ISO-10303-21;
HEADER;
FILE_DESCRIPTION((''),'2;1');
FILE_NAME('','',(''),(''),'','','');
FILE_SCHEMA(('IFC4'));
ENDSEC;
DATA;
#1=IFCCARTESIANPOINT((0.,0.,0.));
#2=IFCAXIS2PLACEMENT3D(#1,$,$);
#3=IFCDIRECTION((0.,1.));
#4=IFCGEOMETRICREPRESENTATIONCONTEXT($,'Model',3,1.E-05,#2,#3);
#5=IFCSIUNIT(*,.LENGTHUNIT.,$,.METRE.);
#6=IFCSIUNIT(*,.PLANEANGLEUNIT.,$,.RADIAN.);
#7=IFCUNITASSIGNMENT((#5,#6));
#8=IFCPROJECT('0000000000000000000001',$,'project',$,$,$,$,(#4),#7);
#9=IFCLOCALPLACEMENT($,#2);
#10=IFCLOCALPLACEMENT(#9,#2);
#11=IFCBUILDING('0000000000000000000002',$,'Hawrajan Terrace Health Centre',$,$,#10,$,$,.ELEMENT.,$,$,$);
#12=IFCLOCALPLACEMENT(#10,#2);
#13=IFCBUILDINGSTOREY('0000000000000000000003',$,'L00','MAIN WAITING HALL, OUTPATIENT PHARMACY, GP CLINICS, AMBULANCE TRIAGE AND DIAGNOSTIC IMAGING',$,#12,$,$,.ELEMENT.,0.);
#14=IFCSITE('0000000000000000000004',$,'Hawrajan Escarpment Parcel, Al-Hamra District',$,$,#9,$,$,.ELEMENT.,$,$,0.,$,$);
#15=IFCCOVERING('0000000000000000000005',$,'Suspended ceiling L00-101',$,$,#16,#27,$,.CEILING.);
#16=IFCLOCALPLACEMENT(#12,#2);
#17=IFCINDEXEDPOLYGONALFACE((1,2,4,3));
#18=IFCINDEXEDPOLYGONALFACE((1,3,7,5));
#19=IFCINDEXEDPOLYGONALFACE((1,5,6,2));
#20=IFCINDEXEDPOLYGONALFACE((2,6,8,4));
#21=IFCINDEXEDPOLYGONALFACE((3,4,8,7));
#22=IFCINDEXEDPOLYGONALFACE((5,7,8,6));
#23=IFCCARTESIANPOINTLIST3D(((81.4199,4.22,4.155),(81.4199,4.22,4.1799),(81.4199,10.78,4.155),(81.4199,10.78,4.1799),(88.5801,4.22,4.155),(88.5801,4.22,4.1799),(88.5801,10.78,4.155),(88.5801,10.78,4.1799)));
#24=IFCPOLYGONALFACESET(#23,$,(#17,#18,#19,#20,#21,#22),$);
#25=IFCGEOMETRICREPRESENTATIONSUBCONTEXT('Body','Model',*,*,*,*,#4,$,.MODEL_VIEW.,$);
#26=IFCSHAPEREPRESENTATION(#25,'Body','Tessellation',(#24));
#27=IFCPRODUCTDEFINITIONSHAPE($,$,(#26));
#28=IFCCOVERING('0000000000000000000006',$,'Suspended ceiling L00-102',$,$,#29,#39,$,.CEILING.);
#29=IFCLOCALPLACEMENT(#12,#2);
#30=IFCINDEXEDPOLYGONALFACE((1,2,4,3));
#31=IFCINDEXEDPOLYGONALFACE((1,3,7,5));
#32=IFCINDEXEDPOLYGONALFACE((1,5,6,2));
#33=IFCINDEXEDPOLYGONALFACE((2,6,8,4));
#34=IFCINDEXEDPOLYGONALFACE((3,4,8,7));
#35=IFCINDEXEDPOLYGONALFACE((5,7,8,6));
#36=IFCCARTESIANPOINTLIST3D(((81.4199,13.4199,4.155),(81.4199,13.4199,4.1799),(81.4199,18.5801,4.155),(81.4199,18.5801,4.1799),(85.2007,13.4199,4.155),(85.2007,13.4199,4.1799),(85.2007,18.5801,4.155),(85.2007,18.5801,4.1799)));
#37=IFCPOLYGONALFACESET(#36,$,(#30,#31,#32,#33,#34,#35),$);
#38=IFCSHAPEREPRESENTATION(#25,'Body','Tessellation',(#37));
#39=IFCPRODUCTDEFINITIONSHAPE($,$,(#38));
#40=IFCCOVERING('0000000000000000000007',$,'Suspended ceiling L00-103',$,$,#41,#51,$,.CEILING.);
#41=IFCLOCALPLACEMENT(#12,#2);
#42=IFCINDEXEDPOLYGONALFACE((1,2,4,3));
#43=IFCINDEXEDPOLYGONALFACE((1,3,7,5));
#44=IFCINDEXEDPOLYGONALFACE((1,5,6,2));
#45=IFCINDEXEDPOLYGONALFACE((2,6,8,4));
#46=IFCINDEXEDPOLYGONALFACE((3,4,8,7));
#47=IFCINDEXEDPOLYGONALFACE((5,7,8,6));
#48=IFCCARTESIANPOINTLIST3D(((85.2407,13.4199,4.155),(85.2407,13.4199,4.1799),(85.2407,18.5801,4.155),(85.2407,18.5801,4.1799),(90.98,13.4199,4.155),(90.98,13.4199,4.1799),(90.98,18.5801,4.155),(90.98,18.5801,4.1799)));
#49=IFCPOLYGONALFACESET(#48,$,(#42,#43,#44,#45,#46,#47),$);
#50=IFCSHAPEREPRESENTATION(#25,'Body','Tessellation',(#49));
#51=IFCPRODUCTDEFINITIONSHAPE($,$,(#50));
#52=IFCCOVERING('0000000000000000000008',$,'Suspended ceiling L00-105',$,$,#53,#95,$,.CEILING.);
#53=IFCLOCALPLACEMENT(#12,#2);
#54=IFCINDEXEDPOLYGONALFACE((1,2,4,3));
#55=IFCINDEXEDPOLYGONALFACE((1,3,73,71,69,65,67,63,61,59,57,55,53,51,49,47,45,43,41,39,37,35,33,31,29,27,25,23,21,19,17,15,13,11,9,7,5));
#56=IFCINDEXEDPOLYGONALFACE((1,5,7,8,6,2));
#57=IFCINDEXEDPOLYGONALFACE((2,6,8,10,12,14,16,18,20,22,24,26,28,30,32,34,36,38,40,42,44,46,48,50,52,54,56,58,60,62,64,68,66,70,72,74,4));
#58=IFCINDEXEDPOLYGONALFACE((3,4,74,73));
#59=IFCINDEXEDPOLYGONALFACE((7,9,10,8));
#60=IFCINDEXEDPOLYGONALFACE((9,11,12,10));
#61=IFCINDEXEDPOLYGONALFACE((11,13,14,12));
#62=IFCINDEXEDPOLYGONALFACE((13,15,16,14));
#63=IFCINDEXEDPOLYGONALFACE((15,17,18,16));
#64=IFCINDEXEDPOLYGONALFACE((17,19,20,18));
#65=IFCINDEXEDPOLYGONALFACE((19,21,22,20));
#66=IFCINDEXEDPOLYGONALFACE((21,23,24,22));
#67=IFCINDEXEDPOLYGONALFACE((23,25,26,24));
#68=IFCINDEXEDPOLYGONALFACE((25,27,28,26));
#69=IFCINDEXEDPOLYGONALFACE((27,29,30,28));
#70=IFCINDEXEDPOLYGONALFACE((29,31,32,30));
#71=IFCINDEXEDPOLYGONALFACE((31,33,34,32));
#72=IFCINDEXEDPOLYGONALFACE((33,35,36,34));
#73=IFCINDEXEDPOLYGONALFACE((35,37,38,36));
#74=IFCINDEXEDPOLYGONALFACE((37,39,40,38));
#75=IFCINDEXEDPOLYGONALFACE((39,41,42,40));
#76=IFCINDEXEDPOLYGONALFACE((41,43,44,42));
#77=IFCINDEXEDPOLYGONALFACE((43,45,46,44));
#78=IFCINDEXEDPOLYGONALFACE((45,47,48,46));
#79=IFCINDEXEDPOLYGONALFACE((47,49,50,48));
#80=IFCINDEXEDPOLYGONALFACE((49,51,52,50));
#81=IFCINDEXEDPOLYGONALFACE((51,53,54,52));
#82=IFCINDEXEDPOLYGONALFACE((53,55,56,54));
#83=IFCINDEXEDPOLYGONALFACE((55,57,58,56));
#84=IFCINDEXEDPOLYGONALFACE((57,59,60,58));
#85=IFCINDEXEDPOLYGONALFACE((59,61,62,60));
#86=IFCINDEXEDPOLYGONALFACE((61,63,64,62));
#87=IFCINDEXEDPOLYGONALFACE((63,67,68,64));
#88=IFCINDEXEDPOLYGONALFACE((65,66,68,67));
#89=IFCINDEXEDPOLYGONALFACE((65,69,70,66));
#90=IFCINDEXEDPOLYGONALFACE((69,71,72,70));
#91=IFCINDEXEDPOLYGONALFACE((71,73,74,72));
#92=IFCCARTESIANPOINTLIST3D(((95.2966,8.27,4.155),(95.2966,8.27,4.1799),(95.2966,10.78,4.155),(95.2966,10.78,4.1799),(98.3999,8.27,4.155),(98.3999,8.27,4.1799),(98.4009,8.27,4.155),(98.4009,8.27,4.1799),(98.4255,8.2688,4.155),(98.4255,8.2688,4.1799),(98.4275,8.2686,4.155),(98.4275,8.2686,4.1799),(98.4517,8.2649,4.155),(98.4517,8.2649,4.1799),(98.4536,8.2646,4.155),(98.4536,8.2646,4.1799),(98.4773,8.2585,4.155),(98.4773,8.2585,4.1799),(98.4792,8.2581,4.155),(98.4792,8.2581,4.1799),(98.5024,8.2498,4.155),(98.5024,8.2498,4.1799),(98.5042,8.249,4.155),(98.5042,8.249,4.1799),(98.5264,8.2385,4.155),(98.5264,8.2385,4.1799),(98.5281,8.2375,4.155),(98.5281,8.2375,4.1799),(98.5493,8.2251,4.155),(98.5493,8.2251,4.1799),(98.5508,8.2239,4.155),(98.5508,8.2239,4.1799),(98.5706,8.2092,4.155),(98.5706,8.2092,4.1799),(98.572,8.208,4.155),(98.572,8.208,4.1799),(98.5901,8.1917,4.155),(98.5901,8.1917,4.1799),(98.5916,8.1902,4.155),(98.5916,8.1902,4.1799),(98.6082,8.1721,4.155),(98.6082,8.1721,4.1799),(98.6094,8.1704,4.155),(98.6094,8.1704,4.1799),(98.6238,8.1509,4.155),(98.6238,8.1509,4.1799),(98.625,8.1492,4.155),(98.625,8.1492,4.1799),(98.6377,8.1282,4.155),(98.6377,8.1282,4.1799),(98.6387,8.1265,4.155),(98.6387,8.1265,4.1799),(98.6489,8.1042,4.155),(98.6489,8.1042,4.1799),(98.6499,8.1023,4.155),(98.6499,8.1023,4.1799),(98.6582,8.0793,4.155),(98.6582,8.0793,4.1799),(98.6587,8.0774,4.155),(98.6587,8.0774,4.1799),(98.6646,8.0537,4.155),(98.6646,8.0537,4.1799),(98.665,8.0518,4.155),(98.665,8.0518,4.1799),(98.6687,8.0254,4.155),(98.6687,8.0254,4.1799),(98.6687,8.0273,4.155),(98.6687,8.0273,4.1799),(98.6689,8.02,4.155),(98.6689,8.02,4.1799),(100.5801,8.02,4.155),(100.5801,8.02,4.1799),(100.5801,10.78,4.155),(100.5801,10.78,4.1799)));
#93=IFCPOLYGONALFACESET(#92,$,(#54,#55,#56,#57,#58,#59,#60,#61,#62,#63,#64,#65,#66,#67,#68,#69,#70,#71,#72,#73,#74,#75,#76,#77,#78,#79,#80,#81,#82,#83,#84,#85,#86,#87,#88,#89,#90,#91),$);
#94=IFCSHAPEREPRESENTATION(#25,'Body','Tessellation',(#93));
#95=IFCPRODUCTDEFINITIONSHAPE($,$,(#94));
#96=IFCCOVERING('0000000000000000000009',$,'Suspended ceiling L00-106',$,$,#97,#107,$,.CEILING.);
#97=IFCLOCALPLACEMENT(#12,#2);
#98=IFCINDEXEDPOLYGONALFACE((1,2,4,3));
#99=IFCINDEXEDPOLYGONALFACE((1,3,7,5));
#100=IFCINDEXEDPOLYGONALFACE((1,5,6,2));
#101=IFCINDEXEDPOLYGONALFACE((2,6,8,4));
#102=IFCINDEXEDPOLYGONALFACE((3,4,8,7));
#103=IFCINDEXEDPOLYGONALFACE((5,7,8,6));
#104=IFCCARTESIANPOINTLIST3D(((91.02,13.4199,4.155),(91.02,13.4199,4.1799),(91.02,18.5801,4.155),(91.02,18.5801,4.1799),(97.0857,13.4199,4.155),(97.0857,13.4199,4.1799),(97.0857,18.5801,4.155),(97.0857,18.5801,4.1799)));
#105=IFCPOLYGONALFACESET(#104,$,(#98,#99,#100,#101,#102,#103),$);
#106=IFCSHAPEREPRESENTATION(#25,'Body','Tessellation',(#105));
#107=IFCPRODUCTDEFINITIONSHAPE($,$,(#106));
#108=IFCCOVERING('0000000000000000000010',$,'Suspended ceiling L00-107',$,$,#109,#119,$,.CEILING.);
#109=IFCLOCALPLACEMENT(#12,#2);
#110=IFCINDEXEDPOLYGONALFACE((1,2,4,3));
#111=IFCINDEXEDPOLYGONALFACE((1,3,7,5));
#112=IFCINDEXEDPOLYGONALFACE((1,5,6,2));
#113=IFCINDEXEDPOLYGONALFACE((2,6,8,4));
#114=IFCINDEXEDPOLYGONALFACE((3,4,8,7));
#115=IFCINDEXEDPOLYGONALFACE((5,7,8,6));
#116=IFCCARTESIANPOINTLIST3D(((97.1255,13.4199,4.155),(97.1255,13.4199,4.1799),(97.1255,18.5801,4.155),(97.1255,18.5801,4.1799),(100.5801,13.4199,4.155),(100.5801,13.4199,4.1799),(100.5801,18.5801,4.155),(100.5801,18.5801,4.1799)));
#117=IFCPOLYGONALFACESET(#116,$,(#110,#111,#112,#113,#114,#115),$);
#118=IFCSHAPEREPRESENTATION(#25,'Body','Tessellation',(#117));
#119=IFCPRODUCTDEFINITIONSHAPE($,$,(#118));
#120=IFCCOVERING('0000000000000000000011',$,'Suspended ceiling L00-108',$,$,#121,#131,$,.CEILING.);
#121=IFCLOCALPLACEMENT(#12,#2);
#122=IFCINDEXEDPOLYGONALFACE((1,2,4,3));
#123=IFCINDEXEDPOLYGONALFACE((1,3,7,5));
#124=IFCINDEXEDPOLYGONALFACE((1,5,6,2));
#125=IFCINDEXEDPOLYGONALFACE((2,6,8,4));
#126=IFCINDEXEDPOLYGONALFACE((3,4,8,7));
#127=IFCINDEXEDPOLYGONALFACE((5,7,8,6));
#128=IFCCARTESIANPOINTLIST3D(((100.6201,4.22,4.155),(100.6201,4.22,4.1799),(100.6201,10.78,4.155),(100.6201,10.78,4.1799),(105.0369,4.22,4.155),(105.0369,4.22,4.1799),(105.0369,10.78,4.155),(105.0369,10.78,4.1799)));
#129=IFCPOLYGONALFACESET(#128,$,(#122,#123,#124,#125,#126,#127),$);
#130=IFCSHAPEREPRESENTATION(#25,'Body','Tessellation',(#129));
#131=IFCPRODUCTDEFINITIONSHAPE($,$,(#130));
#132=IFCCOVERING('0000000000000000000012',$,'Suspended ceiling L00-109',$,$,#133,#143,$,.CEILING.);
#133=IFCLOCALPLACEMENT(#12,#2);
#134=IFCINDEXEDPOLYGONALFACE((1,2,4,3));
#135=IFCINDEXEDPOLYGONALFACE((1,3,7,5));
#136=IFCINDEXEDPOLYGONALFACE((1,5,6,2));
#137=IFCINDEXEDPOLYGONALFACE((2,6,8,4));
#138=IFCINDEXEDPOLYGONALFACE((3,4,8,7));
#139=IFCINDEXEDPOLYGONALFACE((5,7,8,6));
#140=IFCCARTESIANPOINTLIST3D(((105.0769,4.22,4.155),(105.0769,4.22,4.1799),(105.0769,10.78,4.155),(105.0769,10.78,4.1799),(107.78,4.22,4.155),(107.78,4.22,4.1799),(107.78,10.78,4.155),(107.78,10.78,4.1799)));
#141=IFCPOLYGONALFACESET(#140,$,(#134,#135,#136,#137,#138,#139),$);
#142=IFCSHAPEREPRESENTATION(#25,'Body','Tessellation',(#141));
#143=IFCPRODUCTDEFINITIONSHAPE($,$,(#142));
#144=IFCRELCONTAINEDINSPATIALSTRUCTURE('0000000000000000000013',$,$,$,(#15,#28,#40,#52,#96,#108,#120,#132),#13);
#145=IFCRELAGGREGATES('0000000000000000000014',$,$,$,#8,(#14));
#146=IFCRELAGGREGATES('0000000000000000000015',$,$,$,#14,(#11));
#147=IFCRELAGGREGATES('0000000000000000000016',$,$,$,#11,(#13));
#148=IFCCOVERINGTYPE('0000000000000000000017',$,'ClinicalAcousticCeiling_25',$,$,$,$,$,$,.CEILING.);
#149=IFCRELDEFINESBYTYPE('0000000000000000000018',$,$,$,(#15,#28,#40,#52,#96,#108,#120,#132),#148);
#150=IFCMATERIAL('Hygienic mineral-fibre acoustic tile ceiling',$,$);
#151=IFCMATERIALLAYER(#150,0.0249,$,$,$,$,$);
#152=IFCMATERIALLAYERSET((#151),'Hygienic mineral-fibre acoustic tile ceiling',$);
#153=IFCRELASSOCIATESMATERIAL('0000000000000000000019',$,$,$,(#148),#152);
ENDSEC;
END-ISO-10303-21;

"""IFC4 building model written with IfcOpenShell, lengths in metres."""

from ifc_helpers import new_model, si_unit, direction, frame, origin, place, context, subcontext, project, spatial, polyline, outline, extrude, material, layer, layer_set, type_object, element, save


model = new_model("IFC4")

# Units and contexts
model_context = context("Model", 3, precision=1e-05, world=origin(), true_north=direction((0.0, 1.0)))
body_context = subcontext(model_context, "Body", "Model", "MODEL_VIEW")
ifc_project = project(units=[si_unit("LENGTHUNIT", "METRE"), si_unit("PLANEANGLEUNIT", "RADIAN")], contexts=[model_context])

# Site, building, storey
site_placement = place(None, origin())
site = spatial("IfcSite", under=ifc_project, at=site_placement, Name="Hawrajan Escarpment Parcel, Al-Hamra District", CompositionType="ELEMENT", RefElevation=0.0)
building_placement = place(site_placement, origin())
building = spatial("IfcBuilding", under=site, at=building_placement, Name="Hawrajan Terrace Health Centre", CompositionType="ELEMENT")
storey_placement = place(building_placement, origin())
storey = spatial("IfcBuildingStorey", under=building, at=storey_placement, Name="L00", Description="MAIN WAITING HALL, OUTPATIENT PHARMACY, GP CLINICS, AMBULANCE TRIAGE AND DIAGNOSTIC IMAGING", CompositionType="ELEMENT", Elevation=0.0)

# Coverings
ifc_material_1 = material(Name="Hygienic mineral-fibre acoustic tile ceiling")
ifc_layer_1 = layer(ifc_material_1, 0.0249)
ifc_layer_set_1 = layer_set([ifc_layer_1], Name="Hygienic mineral-fibre acoustic tile ceiling")
covering_type = type_object("IfcCoveringType", Name="ClinicalAcousticCeiling_25", PredefinedType="CEILING", material=ifc_layer_set_1)
covering_1_placement = place(storey_placement, frame((0.0, 0.0, 4.155)))
element("IfcCovering", 1, at=covering_1_placement, inside=storey, type_object=covering_type, Name="Suspended ceiling L00-101", PredefinedType="CEILING", context=body_context, shape_type="SweptSolid", body=[
    extrude(outline(polyline([(81.4199, 10.78), (88.5801, 10.78), (88.5801, 4.22), (81.4199, 4.22), (81.4199, 10.78)])), origin(), (0.0, 0.0, 1.0), 0.0249),
])
covering_2_placement = place(storey_placement, frame((0.0, 0.0, 4.155)))
element("IfcCovering", 2, at=covering_2_placement, inside=storey, type_object=covering_type, Name="Suspended ceiling L00-102", PredefinedType="CEILING", context=body_context, shape_type="SweptSolid", body=[
    extrude(outline(polyline([(81.4199, 18.5801), (85.2007, 18.5801), (85.2007, 13.4199), (81.4199, 13.4199), (81.4199, 18.5801)])), origin(), (0.0, 0.0, 1.0), 0.0249),
])
covering_3_placement = place(storey_placement, frame((0.0, 0.0, 4.155)))
element("IfcCovering", 3, at=covering_3_placement, inside=storey, type_object=covering_type, Name="Suspended ceiling L00-103", PredefinedType="CEILING", context=body_context, shape_type="SweptSolid", body=[
    extrude(outline(polyline([(85.2407, 18.5801), (90.98, 18.5801), (90.98, 13.4199), (85.2407, 13.4199), (85.2407, 18.5801)])), origin(), (0.0, 0.0, 1.0), 0.0249),
])
covering_4_placement = place(storey_placement, frame((0.0, 0.0, 4.155)))
element("IfcCovering", 4, at=covering_4_placement, inside=storey, type_object=covering_type, Name="Suspended ceiling L00-105", PredefinedType="CEILING", context=body_context, shape_type="SweptSolid", body=[
    extrude(outline(polyline([(95.2966, 10.78), (100.5801, 10.78), (100.5801, 8.02), (98.6689, 8.02), (98.6687, 8.0254), (98.6687, 8.0273), (98.665, 8.0518), (98.6646, 8.0537), (98.6587, 8.0774), (98.6582, 8.0793), (98.6499, 8.1023), (98.6489, 8.1042), (98.6387, 8.1265), (98.6377, 8.1282), (98.625, 8.1492), (98.6238, 8.1509), (98.6094, 8.1704), (98.6082, 8.1721), (98.5916, 8.1902), (98.5901, 8.1917), (98.572, 8.208), (98.5706, 8.2092), (98.5508, 8.2239), (98.5493, 8.2251), (98.5281, 8.2375), (98.5264, 8.2385), (98.5042, 8.249), (98.5024, 8.2498), (98.4792, 8.2581), (98.4773, 8.2585), (98.4536, 8.2646), (98.4517, 8.2649), (98.4275, 8.2686), (98.4255, 8.2688), (98.4009, 8.27), (98.3999, 8.27), (95.2966, 8.27), (95.2966, 10.78)])), origin(), (0.0, 0.0, 1.0), 0.0249),
])
covering_5_placement = place(storey_placement, frame((0.0, 0.0, 4.155)))
element("IfcCovering", 5, at=covering_5_placement, inside=storey, type_object=covering_type, Name="Suspended ceiling L00-106", PredefinedType="CEILING", context=body_context, shape_type="SweptSolid", body=[
    extrude(outline(polyline([(91.02, 18.5801), (97.0857, 18.5801), (97.0857, 13.4199), (91.02, 13.4199), (91.02, 18.5801)])), origin(), (0.0, 0.0, 1.0), 0.0249),
])
covering_6_placement = place(storey_placement, frame((0.0, 0.0, 4.155)))
element("IfcCovering", 6, at=covering_6_placement, inside=storey, type_object=covering_type, Name="Suspended ceiling L00-107", PredefinedType="CEILING", context=body_context, shape_type="SweptSolid", body=[
    extrude(outline(polyline([(97.1255, 18.5801), (100.5801, 18.5801), (100.5801, 13.4199), (97.1255, 13.4199), (97.1255, 18.5801)])), origin(), (0.0, 0.0, 1.0), 0.0249),
])
covering_7_placement = place(storey_placement, frame((0.0, 0.0, 4.155)))
element("IfcCovering", 7, at=covering_7_placement, inside=storey, type_object=covering_type, Name="Suspended ceiling L00-108", PredefinedType="CEILING", context=body_context, shape_type="SweptSolid", body=[
    extrude(outline(polyline([(100.6201, 10.78), (105.0369, 10.78), (105.0369, 4.22), (100.6201, 4.22), (100.6201, 10.78)])), origin(), (0.0, 0.0, 1.0), 0.0249),
])
covering_8_placement = place(storey_placement, frame((0.0, 0.0, 4.155)))
element("IfcCovering", 8, at=covering_8_placement, inside=storey, type_object=covering_type, Name="Suspended ceiling L00-109", PredefinedType="CEILING", context=body_context, shape_type="SweptSolid", body=[
    extrude(outline(polyline([(105.0769, 10.78), (107.78, 10.78), (107.78, 4.22), (105.0769, 4.22), (105.0769, 10.78)])), origin(), (0.0, 0.0, 1.0), 0.0249),
])

save(model, "model.ifc")
